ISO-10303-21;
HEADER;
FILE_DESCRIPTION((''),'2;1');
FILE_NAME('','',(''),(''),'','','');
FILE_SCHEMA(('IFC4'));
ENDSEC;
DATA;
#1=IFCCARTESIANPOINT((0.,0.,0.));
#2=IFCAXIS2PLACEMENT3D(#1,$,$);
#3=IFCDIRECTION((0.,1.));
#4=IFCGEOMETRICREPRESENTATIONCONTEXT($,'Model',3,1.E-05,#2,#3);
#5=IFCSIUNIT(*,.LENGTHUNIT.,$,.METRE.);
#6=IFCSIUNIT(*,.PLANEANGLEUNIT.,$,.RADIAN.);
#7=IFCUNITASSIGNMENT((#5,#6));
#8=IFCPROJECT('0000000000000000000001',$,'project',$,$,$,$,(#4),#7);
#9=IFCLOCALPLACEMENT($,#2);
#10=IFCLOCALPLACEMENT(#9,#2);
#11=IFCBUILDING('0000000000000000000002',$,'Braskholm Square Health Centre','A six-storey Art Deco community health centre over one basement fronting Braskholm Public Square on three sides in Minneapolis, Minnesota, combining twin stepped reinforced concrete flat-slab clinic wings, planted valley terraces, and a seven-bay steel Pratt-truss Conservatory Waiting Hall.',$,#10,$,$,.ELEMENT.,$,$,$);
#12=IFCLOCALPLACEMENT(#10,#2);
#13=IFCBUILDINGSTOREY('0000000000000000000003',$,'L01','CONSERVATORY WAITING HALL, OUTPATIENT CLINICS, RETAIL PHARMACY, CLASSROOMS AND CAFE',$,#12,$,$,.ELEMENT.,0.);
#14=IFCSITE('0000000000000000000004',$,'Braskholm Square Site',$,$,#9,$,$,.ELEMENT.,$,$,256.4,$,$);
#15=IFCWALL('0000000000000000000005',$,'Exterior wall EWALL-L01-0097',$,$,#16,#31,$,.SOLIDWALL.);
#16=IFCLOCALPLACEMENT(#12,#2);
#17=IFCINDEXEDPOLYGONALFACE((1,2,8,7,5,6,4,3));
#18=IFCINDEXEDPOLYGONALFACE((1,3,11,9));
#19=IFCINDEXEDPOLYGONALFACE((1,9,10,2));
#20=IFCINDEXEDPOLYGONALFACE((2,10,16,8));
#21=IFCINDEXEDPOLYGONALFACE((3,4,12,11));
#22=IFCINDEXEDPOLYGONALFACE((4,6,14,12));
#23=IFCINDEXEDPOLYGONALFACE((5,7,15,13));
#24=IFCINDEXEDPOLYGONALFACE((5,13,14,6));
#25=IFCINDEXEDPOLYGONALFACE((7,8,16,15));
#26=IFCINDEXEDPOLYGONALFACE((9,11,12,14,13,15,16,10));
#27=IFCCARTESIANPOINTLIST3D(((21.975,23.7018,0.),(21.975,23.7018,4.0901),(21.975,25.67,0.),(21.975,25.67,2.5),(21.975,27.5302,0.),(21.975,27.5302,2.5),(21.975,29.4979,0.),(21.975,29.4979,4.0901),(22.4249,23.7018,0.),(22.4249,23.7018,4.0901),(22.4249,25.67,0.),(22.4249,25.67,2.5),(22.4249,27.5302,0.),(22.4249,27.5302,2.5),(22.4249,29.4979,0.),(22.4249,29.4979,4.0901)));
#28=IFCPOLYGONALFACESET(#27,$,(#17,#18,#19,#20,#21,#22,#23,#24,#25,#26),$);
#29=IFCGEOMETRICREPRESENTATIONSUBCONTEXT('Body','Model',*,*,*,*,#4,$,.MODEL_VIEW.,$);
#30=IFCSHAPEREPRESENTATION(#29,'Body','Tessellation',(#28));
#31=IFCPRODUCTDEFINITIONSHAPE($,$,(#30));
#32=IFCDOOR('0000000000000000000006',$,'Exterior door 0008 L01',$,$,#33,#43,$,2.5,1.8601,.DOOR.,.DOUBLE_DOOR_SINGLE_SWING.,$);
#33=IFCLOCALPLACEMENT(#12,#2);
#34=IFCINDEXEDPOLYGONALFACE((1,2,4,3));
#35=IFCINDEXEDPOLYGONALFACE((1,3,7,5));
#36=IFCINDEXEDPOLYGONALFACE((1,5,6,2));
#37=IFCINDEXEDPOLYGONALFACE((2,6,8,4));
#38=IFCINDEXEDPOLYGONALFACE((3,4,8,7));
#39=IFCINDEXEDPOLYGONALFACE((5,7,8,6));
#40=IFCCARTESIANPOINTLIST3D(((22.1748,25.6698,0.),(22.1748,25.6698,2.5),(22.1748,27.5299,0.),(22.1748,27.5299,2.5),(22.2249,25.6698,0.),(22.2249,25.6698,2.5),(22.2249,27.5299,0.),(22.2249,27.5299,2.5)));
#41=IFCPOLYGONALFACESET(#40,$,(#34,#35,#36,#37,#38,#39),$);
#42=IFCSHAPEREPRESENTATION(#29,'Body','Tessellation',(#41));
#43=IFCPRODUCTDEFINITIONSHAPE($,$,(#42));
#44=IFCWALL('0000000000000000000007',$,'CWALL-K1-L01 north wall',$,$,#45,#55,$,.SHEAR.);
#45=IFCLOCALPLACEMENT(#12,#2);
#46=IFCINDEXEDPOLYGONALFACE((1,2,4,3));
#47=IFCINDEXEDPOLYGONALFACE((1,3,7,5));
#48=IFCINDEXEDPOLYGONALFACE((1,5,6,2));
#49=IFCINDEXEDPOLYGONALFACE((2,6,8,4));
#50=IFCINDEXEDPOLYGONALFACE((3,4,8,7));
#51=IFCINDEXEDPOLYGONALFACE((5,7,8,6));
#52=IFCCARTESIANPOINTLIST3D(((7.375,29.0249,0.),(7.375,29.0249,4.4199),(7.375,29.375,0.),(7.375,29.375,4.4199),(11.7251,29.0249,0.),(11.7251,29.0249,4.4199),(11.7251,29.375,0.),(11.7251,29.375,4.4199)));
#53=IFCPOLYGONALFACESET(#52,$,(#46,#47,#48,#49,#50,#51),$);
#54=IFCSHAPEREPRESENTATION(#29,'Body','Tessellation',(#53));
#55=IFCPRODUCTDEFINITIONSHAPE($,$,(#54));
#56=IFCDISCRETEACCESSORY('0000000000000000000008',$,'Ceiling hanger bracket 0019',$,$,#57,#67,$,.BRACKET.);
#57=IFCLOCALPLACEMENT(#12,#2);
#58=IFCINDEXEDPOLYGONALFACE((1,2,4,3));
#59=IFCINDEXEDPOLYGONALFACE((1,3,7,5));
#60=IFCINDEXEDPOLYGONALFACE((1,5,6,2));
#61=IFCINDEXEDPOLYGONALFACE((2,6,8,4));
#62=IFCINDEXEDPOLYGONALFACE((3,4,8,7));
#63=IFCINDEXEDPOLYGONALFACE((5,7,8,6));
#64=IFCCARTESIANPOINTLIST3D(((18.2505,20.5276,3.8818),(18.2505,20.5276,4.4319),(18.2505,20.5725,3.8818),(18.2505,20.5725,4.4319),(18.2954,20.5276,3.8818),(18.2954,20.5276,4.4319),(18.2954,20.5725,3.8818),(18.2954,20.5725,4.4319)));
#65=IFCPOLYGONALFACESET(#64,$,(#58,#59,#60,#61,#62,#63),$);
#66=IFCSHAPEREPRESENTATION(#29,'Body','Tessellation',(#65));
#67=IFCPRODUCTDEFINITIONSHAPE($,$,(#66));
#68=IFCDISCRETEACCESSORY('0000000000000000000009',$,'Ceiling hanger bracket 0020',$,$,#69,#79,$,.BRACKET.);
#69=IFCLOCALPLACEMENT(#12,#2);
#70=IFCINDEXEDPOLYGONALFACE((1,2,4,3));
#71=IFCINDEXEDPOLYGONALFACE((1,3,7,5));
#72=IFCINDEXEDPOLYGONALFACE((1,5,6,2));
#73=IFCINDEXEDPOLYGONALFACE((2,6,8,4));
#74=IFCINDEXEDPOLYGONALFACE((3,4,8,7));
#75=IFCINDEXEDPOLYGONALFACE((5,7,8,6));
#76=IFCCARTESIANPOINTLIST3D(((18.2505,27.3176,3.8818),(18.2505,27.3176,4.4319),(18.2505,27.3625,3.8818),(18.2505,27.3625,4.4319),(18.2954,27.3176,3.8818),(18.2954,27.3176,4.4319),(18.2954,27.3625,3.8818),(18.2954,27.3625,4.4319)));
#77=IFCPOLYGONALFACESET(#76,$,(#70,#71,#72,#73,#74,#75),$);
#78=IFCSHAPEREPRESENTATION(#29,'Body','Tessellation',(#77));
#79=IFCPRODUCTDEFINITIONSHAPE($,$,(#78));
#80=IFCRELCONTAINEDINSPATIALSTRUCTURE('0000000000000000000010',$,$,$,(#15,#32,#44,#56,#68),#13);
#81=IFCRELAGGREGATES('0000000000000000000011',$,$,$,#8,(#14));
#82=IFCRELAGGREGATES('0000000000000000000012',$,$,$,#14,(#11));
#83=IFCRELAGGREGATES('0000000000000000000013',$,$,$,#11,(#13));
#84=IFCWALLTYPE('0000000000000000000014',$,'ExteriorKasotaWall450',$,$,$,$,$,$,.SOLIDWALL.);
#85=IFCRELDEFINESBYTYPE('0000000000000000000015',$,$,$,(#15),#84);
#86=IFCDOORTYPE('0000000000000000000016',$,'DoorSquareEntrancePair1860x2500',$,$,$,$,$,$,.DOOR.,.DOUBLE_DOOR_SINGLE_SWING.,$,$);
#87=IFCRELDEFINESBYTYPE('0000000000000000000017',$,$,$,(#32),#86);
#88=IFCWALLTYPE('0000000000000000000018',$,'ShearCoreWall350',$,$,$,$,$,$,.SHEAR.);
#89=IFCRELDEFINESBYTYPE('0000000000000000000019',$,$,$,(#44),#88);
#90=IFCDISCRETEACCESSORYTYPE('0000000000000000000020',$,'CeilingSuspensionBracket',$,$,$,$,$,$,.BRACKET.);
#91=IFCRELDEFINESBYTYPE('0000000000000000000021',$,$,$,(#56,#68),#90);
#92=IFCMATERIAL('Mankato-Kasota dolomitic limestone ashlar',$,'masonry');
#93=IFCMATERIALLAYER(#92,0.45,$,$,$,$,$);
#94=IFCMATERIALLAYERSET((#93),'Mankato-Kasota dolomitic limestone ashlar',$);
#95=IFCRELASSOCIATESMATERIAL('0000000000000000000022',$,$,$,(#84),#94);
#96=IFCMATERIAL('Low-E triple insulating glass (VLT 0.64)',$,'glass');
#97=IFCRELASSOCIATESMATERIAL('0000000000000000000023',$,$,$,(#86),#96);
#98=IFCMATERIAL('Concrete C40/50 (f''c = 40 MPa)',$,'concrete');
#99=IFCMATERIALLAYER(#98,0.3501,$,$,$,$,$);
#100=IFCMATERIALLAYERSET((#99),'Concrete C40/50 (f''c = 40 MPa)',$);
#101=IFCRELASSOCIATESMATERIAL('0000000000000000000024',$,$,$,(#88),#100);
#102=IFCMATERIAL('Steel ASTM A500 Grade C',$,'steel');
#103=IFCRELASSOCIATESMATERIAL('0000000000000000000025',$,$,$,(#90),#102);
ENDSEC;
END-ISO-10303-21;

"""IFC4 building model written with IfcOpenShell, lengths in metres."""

from ifc_helpers import new_model, si_unit, direction, frame, frame_2d, origin, origin_2d, place, context, subcontext, project, spatial, rectangle, extrude, material, layer, layer_set, type_object, element, fill, save


model = new_model("IFC4")

# Units and contexts
model_context = context("Model", 3, precision=1e-05, world=origin(), true_north=direction((0.0, 1.0)))
body_context = subcontext(model_context, "Body", "Model", "MODEL_VIEW")
ifc_project = project(units=[si_unit("LENGTHUNIT", "METRE"), si_unit("PLANEANGLEUNIT", "RADIAN")], contexts=[model_context])

# Site, building, storey
site_placement = place(None, origin())
site = spatial("IfcSite", under=ifc_project, at=site_placement, Name="Braskholm Square Site", CompositionType="ELEMENT", RefElevation=256.4)
building_placement = place(site_placement, origin())
building = spatial("IfcBuilding", under=site, at=building_placement, Name="Braskholm Square Health Centre", Description="A six-storey Art Deco community health centre over one basement fronting Braskholm Public Square on three sides in Minneapolis, Minnesota, combining twin stepped reinforced concrete flat-slab clinic wings, planted valley terraces, and a seven-bay steel Pratt-truss Conservatory Waiting Hall.", CompositionType="ELEMENT")
storey_placement = place(building_placement, origin())
storey = spatial("IfcBuildingStorey", under=building, at=storey_placement, Name="L01", Description="CONSERVATORY WAITING HALL, OUTPATIENT CLINICS, RETAIL PHARMACY, CLASSROOMS AND CAFE", CompositionType="ELEMENT", Elevation=0.0)

# Shared definitions
ifc_material_1 = material(Name="Concrete C40/50 (f'c = 40 MPa)", Category="concrete")

# Shared definitions
ifc_material_2 = material(Name="Mankato-Kasota dolomitic limestone ashlar", Category="masonry")
ifc_layer_1 = layer(ifc_material_2, 0.45)
ifc_layer_set_1 = layer_set([ifc_layer_1], Name="Mankato-Kasota dolomitic limestone ashlar")
wall_type_1 = type_object("IfcWallType", Name="ExteriorKasotaWall450", PredefinedType="SOLIDWALL", material=ifc_layer_set_1)
ifc_material_3 = material(Name="Low-E triple insulating glass (VLT 0.64)", Category="glass")

# Wall, opening, door
wall_1_placement = place(storey_placement, frame((22.2, 23.7019, 0.0), z_axis=(0.0, 0.0, 1.0), x_axis=(0.0, 1.0, 0.0)))
wall_1 = element("IfcWall", 1, at=wall_1_placement, inside=storey, type_object=wall_type_1, Name="Exterior wall EWALL-L01-0097", PredefinedType="SOLIDWALL", context=body_context, shape_type="SweptSolid", body=[
    extrude(rectangle(XDim=5.7961, YDim=0.45, at=frame_2d((2.8979, 0.0))), origin(), (0.0, 0.0, 1.0), 4.0901),
])
opening_1_placement = place(wall_1_placement, frame((1.968, 0.0, 0.0)))
opening_1 = element("IfcOpeningElement", 2, at=opening_1_placement, cuts=wall_1, PredefinedType="OPENING", context=body_context, shape_type="SweptSolid", body=[
    extrude(rectangle(XDim=1.8601, YDim=2.5, at=frame_2d((0.9302, 1.25))), frame((0.0, 0.2349, 0.0), z_axis=(0.0, -1.0, 0.0), x_axis=(1.0, 0.0, 0.0)), (0.0, 0.0, 1.0), 0.47),
])
door_type_1 = type_object("IfcDoorType", Name="DoorSquareEntrancePair1860x2500", OperationType="DOUBLE_DOOR_SINGLE_SWING", PredefinedType="DOOR", material=ifc_material_3)
door_1_placement = place(opening_1_placement, frame((1.8601, 0.0, 0.0), z_axis=(0.0, 0.0, 1.0), x_axis=(-1.0, 0.0, 0.0)))
door_1 = element("IfcDoor", 3, at=door_1_placement, inside=storey, type_object=door_type_1, Name="Exterior door 0008 L01", OperationType="DOUBLE_DOOR_SINGLE_SWING", OverallHeight=2.5, OverallWidth=1.8601, PredefinedType="DOOR", context=body_context, shape_type="SweptSolid", body=[
    extrude(rectangle(XDim=1.8601, YDim=2.5, at=frame_2d((0.9302, 1.25))), frame((0.0, 0.0249, 0.0), z_axis=(0.0, -1.0, 0.0), x_axis=(1.0, 0.0, 0.0)), (0.0, 0.0, 1.0), 0.05),
])
fill(opening_1, door_1)

# Wall
ifc_layer_2 = layer(ifc_material_1, 0.3501)
ifc_layer_set_2 = layer_set([ifc_layer_2], Name="Concrete C40/50 (f'c = 40 MPa)")
wall_type_2 = type_object("IfcWallType", Name="ShearCoreWall350", PredefinedType="SHEAR", material=ifc_layer_set_2)
wall_2_placement = place(storey_placement, frame((11.7251, 29.2, 0.0), z_axis=(0.0, 0.0, 1.0), x_axis=(-1.0, 0.0, 0.0)))
element("IfcWall", 4, at=wall_2_placement, inside=storey, type_object=wall_type_2, Name="CWALL-K1-L01 north wall", PredefinedType="SHEAR", context=body_context, shape_type="SweptSolid", body=[
    extrude(rectangle(XDim=4.3501, YDim=0.3501, at=frame_2d((2.175, 0.0))), origin(), (0.0, 0.0, 1.0), 4.4199),
])

# Discrete accessories
ifc_material_4 = material(Name="Steel ASTM A500 Grade C", Category="steel")
discrete_accessory_type = type_object("IfcDiscreteAccessoryType", Name="CeilingSuspensionBracket", PredefinedType="BRACKET", material=ifc_material_4)
for number, where, z_axis, x_axis, name in (
    (5, (18.2729, 20.55, 3.8818), (0.0, 0.0, 1.0), (1.0, 0.0, 0.0), "Ceiling hanger bracket 0019"),
    (6, (18.2729, 27.3401, 3.8818), (0.0, 0.0, 1.0), (1.0, 0.0, 0.0), "Ceiling hanger bracket 0020"),
):
    element("IfcDiscreteAccessory", number, at=place(storey_placement, frame(where, z_axis=z_axis, x_axis=x_axis)), inside=storey, type_object=discrete_accessory_type, Name=name, PredefinedType="BRACKET", context=body_context, shape_type="SweptSolid", body=[
        extrude(rectangle(XDim=0.0449, YDim=0.0449, at=origin_2d()), origin(), (0.0, 0.0, 1.0), 0.55),
    ])

save(model, "model.ifc")
